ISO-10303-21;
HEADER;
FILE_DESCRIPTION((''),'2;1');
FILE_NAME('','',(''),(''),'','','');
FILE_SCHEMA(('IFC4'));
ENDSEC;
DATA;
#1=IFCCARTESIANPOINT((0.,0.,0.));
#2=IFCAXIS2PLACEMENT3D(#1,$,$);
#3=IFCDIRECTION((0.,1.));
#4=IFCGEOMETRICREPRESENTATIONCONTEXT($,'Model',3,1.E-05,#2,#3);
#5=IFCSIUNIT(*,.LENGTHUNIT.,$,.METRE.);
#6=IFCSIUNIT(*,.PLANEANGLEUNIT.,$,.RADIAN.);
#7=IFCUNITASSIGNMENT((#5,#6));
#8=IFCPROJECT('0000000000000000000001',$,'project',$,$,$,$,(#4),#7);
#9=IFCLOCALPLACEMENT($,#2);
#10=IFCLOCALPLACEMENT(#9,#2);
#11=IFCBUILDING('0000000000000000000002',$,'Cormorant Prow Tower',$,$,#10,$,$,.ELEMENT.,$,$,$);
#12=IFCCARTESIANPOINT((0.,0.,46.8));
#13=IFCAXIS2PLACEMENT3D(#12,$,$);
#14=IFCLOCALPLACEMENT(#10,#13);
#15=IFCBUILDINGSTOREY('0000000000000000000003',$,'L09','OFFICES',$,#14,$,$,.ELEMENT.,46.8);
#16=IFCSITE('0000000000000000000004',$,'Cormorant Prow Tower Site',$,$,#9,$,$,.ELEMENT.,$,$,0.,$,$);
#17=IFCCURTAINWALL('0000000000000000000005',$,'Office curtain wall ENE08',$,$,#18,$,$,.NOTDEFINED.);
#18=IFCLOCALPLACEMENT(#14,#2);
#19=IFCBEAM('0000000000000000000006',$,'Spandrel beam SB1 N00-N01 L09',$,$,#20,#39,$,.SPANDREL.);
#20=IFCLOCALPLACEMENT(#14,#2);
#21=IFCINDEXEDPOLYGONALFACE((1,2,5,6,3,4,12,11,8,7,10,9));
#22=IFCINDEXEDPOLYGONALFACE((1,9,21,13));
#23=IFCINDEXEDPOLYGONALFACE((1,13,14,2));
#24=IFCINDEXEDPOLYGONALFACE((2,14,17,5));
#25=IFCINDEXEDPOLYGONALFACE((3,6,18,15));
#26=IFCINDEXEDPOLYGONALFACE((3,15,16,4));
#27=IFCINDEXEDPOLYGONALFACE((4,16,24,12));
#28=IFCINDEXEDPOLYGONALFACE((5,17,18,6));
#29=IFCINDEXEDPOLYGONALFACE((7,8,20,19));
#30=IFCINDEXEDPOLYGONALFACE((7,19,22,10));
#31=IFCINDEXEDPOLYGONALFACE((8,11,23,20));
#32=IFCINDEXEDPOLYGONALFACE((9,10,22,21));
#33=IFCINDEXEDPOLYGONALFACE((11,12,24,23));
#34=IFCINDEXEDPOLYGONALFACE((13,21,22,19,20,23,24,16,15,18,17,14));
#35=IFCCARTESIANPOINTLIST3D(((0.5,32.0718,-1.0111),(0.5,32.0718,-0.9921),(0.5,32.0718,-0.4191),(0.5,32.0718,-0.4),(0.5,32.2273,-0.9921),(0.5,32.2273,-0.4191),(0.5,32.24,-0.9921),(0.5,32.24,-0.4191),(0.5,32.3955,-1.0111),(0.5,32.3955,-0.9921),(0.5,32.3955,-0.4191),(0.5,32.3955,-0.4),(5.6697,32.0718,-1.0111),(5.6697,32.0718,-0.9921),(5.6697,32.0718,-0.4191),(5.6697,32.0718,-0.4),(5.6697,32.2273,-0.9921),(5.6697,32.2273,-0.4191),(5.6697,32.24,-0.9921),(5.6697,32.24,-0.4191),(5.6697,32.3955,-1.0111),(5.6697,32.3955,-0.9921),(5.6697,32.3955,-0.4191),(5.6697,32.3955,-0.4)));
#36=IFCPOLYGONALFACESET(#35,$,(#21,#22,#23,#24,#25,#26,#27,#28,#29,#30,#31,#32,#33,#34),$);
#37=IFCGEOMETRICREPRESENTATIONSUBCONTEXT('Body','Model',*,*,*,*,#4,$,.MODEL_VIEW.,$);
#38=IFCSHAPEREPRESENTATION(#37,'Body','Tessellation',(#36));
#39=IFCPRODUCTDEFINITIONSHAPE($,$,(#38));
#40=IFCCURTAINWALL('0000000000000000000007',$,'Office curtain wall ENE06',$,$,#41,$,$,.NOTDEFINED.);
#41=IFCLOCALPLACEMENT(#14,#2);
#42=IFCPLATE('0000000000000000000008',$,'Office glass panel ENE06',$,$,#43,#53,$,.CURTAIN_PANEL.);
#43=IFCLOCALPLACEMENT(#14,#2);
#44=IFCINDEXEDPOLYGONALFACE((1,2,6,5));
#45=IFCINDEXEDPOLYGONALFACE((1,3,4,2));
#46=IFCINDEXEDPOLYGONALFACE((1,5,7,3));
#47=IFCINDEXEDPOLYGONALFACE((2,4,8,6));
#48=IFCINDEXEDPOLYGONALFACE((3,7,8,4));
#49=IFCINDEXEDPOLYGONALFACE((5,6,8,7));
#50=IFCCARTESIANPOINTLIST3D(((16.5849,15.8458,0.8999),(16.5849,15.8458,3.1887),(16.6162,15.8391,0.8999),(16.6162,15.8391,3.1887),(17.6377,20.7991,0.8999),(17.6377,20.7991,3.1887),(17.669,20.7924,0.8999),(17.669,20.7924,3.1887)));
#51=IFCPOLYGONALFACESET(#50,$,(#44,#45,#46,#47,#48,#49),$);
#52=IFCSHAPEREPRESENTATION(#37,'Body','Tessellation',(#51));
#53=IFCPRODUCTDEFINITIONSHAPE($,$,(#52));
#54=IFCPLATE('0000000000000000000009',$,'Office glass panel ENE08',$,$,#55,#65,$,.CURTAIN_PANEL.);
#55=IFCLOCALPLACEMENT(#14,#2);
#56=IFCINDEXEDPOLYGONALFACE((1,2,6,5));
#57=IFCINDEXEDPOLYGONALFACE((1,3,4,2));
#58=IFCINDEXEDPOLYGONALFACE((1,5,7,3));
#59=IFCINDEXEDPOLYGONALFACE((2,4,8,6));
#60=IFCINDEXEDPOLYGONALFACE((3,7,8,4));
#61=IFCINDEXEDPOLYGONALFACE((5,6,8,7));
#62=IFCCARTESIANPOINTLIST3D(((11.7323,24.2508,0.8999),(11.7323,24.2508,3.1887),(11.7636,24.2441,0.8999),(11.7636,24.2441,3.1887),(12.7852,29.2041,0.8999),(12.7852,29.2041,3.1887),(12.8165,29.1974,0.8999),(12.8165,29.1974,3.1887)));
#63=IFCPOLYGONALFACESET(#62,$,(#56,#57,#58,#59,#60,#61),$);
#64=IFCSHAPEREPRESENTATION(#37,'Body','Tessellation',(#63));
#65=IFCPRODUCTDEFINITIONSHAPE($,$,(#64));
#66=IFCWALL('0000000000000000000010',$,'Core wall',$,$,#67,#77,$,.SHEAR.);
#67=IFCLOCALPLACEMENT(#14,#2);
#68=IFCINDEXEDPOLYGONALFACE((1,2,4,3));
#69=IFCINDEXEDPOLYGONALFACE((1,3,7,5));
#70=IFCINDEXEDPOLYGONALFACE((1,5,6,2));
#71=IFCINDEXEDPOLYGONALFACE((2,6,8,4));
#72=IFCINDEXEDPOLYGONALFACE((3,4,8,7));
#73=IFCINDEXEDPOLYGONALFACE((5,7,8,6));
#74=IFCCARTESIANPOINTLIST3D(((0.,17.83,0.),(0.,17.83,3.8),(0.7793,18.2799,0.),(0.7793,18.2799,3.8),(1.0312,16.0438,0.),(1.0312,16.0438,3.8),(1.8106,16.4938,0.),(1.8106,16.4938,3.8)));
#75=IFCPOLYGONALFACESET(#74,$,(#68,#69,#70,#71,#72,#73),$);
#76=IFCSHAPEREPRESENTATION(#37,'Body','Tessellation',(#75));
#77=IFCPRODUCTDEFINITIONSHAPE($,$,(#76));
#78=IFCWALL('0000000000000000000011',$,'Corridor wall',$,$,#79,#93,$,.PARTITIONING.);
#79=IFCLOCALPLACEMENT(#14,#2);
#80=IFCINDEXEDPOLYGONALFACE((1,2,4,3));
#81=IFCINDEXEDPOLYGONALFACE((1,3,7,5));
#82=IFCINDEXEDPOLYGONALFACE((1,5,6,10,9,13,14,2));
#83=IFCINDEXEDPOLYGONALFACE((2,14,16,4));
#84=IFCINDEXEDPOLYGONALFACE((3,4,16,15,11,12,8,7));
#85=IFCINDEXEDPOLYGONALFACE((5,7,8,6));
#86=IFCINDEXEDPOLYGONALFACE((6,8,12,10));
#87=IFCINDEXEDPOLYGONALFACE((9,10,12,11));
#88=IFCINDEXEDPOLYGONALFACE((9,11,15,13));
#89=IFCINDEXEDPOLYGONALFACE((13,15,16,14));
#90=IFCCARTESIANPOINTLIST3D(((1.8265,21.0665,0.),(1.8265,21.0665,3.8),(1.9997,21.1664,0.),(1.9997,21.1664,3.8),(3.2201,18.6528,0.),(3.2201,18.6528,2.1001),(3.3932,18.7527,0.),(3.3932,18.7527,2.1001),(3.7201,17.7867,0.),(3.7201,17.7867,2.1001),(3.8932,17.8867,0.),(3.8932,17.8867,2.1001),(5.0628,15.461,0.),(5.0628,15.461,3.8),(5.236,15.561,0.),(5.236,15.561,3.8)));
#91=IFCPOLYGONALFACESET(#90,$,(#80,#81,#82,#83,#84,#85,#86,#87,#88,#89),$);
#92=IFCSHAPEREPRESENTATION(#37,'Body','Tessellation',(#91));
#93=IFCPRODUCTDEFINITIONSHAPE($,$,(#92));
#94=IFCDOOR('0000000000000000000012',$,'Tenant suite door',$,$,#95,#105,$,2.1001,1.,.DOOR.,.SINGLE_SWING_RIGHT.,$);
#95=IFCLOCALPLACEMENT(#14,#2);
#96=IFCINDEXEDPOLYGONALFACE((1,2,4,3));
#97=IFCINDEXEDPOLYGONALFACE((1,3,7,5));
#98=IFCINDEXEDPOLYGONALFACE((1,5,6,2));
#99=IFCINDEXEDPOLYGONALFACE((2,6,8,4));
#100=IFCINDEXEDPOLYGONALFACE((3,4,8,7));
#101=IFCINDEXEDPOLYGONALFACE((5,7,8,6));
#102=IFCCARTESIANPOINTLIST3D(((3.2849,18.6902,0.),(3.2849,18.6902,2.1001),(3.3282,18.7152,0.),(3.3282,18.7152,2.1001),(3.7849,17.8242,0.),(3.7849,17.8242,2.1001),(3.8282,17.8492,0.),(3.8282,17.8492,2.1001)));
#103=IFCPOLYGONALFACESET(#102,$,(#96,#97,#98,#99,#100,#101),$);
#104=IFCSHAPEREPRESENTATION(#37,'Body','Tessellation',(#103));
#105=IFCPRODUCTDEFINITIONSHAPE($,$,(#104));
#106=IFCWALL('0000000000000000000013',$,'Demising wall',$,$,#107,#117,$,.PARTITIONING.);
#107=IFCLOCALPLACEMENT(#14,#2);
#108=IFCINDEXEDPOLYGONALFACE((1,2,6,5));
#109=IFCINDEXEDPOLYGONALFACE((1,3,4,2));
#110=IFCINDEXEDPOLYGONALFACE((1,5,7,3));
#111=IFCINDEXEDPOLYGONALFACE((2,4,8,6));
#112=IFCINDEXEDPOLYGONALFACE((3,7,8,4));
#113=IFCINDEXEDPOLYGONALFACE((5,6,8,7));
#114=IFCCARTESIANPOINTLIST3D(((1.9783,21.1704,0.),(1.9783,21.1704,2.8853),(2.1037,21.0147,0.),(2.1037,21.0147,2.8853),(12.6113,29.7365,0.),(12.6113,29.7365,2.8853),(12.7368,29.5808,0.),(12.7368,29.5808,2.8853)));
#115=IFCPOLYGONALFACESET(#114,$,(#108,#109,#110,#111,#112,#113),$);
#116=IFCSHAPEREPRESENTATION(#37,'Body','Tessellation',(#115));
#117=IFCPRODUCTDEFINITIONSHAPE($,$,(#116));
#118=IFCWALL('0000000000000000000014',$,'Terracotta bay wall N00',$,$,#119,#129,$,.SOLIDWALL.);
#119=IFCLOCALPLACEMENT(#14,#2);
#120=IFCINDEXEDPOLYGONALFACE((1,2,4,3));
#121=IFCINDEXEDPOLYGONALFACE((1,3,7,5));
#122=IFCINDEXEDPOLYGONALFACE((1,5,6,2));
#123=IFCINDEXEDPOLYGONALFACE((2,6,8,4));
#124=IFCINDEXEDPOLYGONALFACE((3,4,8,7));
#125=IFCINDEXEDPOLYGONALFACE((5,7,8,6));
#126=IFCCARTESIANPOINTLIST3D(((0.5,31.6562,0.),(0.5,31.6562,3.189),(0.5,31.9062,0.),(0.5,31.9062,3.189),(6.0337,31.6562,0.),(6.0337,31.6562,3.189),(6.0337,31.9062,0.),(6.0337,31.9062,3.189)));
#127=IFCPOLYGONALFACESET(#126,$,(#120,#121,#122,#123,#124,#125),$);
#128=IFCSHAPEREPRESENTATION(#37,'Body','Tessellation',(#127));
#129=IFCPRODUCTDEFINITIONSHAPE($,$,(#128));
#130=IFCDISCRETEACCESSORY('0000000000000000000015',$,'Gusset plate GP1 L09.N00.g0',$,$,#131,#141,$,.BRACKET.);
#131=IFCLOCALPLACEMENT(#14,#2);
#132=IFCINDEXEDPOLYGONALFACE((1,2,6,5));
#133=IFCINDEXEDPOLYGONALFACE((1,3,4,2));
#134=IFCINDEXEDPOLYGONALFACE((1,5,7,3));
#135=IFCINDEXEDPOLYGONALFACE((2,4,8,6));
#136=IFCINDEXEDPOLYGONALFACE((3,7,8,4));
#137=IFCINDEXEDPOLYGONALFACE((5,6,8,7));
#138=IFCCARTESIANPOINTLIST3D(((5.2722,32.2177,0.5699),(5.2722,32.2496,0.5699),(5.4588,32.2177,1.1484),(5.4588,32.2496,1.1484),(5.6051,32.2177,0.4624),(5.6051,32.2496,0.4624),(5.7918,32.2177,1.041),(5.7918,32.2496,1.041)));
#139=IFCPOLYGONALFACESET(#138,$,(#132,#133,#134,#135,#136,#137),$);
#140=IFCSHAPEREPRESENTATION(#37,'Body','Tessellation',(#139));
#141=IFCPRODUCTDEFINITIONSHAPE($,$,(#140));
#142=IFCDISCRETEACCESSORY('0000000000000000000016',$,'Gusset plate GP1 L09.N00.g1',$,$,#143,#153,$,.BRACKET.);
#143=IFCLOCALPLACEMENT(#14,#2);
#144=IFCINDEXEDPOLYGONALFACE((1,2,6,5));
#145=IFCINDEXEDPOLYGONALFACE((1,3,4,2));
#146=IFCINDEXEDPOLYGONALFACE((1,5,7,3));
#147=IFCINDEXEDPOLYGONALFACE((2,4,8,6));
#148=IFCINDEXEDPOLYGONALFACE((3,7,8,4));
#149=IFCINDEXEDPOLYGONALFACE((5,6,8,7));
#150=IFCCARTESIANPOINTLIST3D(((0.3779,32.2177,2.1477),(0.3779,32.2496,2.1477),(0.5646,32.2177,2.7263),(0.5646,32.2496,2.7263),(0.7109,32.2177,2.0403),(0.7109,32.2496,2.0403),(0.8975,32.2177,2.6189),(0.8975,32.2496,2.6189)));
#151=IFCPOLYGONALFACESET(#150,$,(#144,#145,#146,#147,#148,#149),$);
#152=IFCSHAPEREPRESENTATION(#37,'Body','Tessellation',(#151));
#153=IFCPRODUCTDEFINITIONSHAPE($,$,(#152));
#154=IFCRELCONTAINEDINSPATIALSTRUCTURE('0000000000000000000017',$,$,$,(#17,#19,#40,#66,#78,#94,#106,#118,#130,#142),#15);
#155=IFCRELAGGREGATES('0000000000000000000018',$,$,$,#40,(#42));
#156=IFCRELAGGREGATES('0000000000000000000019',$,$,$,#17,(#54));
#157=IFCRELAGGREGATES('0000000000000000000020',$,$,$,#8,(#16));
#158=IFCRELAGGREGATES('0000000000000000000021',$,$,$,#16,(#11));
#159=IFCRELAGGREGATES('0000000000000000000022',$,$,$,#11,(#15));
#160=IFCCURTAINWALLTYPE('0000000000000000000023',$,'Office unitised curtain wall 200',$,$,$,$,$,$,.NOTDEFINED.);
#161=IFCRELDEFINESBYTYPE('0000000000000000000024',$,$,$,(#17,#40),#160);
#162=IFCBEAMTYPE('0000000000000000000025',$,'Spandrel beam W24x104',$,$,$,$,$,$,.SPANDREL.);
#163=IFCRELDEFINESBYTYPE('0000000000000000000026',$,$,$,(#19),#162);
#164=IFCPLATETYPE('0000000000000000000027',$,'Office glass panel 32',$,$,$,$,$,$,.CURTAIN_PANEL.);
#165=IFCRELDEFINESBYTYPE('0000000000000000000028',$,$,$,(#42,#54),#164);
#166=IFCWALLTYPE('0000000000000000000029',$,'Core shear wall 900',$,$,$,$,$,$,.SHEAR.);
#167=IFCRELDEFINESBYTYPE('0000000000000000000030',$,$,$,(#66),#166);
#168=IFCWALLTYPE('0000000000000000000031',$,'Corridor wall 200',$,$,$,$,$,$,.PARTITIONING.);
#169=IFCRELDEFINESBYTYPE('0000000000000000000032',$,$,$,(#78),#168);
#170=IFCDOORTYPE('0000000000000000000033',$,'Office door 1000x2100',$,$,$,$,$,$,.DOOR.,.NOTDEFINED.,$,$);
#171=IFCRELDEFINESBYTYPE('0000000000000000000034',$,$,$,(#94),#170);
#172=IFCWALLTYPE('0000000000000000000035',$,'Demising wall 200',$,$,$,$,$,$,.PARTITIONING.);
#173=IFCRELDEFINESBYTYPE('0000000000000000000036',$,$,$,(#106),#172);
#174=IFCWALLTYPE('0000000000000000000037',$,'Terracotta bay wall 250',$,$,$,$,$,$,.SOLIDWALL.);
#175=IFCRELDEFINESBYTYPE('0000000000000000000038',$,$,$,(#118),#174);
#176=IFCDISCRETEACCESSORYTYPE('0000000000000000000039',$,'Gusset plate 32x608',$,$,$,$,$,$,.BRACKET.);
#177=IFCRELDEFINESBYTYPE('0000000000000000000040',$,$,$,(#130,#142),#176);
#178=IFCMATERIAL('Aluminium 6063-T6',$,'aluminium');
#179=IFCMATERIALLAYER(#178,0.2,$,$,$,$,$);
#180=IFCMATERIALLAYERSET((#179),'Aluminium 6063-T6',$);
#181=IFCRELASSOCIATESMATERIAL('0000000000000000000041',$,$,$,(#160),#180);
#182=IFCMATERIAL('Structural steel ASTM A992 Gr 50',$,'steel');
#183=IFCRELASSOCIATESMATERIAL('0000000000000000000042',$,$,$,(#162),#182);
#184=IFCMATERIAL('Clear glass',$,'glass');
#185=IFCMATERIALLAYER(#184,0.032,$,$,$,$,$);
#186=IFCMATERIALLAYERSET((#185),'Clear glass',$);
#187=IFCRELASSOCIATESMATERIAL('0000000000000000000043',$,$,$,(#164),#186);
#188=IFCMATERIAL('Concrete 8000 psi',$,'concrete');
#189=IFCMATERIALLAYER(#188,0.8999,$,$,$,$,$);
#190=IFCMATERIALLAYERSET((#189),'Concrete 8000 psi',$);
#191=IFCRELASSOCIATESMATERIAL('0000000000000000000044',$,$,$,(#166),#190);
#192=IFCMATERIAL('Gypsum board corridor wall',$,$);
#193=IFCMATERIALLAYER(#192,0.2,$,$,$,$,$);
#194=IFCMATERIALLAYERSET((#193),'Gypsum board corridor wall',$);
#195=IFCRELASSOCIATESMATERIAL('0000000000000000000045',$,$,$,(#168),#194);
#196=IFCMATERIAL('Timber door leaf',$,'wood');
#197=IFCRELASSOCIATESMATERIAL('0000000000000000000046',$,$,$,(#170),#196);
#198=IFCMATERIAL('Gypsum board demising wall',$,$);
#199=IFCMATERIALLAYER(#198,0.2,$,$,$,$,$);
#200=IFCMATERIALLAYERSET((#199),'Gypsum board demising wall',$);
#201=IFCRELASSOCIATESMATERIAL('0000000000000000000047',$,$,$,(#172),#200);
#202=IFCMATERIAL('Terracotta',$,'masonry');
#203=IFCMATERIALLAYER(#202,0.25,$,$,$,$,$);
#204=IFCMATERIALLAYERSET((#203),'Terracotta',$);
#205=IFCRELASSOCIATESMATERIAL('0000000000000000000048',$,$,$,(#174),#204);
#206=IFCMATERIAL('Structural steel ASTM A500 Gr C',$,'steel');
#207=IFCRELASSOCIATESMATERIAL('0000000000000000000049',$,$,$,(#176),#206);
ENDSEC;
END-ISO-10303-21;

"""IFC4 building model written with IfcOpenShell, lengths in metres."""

from ifc_helpers import new_model, si_unit, direction, frame, frame_2d, origin, origin_2d, place, context, subcontext, project, spatial, rectangle, i_section, extrude, material, layer, layer_set, material_profile, profile_set, type_object, element, fill, aggregate, save


model = new_model("IFC4")

# Units and contexts
model_context = context("Model", 3, precision=1e-05, world=origin(), true_north=direction((0.0, 1.0)))
body_context = subcontext(model_context, "Body", "Model", "MODEL_VIEW")
ifc_project = project(units=[si_unit("LENGTHUNIT", "METRE"), si_unit("PLANEANGLEUNIT", "RADIAN")], contexts=[model_context])

# Site, building, storey
site_placement = place(None, origin())
site = spatial("IfcSite", under=ifc_project, at=site_placement, Name="Cormorant Prow Tower Site", CompositionType="ELEMENT", RefElevation=0.0)
building_placement = place(site_placement, origin())
building = spatial("IfcBuilding", under=site, at=building_placement, Name="Cormorant Prow Tower", CompositionType="ELEMENT")
storey_placement = place(building_placement, frame((0.0, 0.0, 46.8)))
storey = spatial("IfcBuildingStorey", under=building, at=storey_placement, Name="L09", Description="OFFICES", CompositionType="ELEMENT", Elevation=46.8)

# Curtain wall
ifc_material_1 = material(Name="Aluminium 6063-T6", Category="aluminium")
ifc_layer_1 = layer(ifc_material_1, 0.2)
ifc_layer_set_1 = layer_set([ifc_layer_1], Name="Aluminium 6063-T6")
curtain_wall_type = type_object("IfcCurtainWallType", Name="Office unitised curtain wall 200", PredefinedType="NOTDEFINED", material=ifc_layer_set_1)
curtain_wall_1_placement = place(storey_placement, origin())
curtain_wall_1 = element("IfcCurtainWall", 1, at=curtain_wall_1_placement, inside=storey, type_object=curtain_wall_type, Name="Office curtain wall ENE08", PredefinedType="NOTDEFINED")

# Beam
ifc_material_2 = material(Name="Structural steel ASTM A992 Gr 50", Category="steel")
ifc_material_profile_1 = material_profile(ifc_material_2, i_section(OverallWidth=0.3237, OverallDepth=0.6111, WebThickness=0.0127, FlangeThickness=0.019, at=origin_2d()), Name="W24x104")
ifc_profile_set_1 = profile_set([ifc_material_profile_1], Name="Structural steel ASTM A992 Gr 50")
beam_type = type_object("IfcBeamType", Name="Spandrel beam W24x104", PredefinedType="SPANDREL", material=ifc_profile_set_1)
beam_1_placement = place(storey_placement, frame((5.6697, 32.2336, -0.7056), z_axis=(-1.0, 0.0, 0.0), x_axis=(0.0, -1.0, 0.0)))
element("IfcBeam", 2, at=beam_1_placement, inside=storey, type_object=beam_type, Name="Spandrel beam SB1 N00-N01 L09", PredefinedType="SPANDREL", context=body_context, shape_type="SweptSolid", body=[
    extrude(i_section(OverallWidth=0.3237, OverallDepth=0.6111, WebThickness=0.0127, FlangeThickness=0.019, at=origin_2d()), origin(), (0.0, 0.0, 1.0), 5.1697),
])

# Curtain wall, plate
curtain_wall_2_placement = place(storey_placement, origin())
curtain_wall_2 = element("IfcCurtainWall", 3, at=curtain_wall_2_placement, inside=storey, type_object=curtain_wall_type, Name="Office curtain wall ENE06", PredefinedType="NOTDEFINED")
ifc_material_3 = material(Name="Clear glass", Category="glass")
ifc_layer_2 = layer(ifc_material_3, 0.032)
ifc_layer_set_2 = layer_set([ifc_layer_2], Name="Clear glass")
plate_type = type_object("IfcPlateType", Name="Office glass panel 32", PredefinedType="CURTAIN_PANEL", material=ifc_layer_set_2)
plate_1_placement = place(storey_placement, frame((17.127, 18.3191, 0.8999), z_axis=(0.0, 0.0, 1.0), x_axis=(0.207912, 0.978148, 0.0)))
plate_1 = element("IfcPlate", 4, at=plate_1_placement, type_object=plate_type, Name="Office glass panel ENE06", PredefinedType="CURTAIN_PANEL", context=body_context, shape_type="SweptSolid", body=[
    extrude(rectangle(XDim=5.064, YDim=0.032, at=origin_2d()), origin(), (0.0, 0.0, 1.0), 2.2888),
])
aggregate(curtain_wall_2, [plate_1])

# Plate
plate_2_placement = place(storey_placement, frame((12.2744, 26.7241, 0.8999), z_axis=(0.0, 0.0, 1.0), x_axis=(0.207912, 0.978148, 0.0)))
plate_2 = element("IfcPlate", 5, at=plate_2_placement, type_object=plate_type, Name="Office glass panel ENE08", PredefinedType="CURTAIN_PANEL", context=body_context, shape_type="SweptSolid", body=[
    extrude(rectangle(XDim=5.064, YDim=0.032, at=origin_2d()), origin(), (0.0, 0.0, 1.0), 2.2888),
])
aggregate(curtain_wall_1, [plate_2])

# Wall
ifc_material_4 = material(Name="Concrete 8000 psi", Category="concrete")
ifc_layer_3 = layer(ifc_material_4, 0.8999)
ifc_layer_set_3 = layer_set([ifc_layer_3], Name="Concrete 8000 psi")
wall_type_1 = type_object("IfcWallType", Name="Core shear wall 900", PredefinedType="SHEAR", material=ifc_layer_set_3)
wall_1_placement = place(storey_placement, frame((1.4209, 16.2688, 0.0), z_axis=(0.0, 0.0, 1.0), x_axis=(-0.500009, 0.86602, 0.0)))
element("IfcWall", 6, at=wall_1_placement, inside=storey, type_object=wall_type_1, Name="Core wall", PredefinedType="SHEAR", context=body_context, shape_type="SweptSolid", body=[
    extrude(rectangle(XDim=2.0625, YDim=0.8999, at=frame_2d((1.0312, 0.0))), origin(), (0.0, 0.0, 1.0), 3.8),
])

# Wall, opening, door
ifc_material_5 = material(Name="Gypsum board corridor wall")
ifc_layer_4 = layer(ifc_material_5, 0.2)
ifc_layer_set_4 = layer_set([ifc_layer_4], Name="Gypsum board corridor wall")
wall_type_2 = type_object("IfcWallType", Name="Corridor wall 200", PredefinedType="PARTITIONING", material=ifc_layer_set_4)
wall_2_placement = place(storey_placement, frame((1.9131, 21.1165, 0.0), z_axis=(0.0, 0.0, 1.0), x_axis=(0.500001, -0.866025, 0.0)))
wall_2 = element("IfcWall", 7, at=wall_2_placement, inside=storey, type_object=wall_type_2, Name="Corridor wall", PredefinedType="PARTITIONING", context=body_context, shape_type="SweptSolid", body=[
    extrude(rectangle(XDim=6.4727, YDim=0.2, at=frame_2d((3.2363, 0.0))), origin(), (0.0, 0.0, 1.0), 3.8),
])
opening_1_placement = place(wall_2_placement, frame((2.7871, 0.0, 0.0)))
opening_1 = element("IfcOpeningElement", 8, at=opening_1_placement, cuts=wall_2, PredefinedType="OPENING", context=body_context, shape_type="SweptSolid", body=[
    extrude(rectangle(XDim=1.0, YDim=2.1001, at=frame_2d((0.5, 1.05))), frame((0.0, 0.1099, 0.0), z_axis=(0.0, -1.0, 0.0), x_axis=(1.0, 0.0, 0.0)), (0.0, 0.0, 1.0), 0.22),
])
ifc_material_6 = material(Name="Timber door leaf", Category="wood")
door_type_1 = type_object("IfcDoorType", Name="Office door 1000x2100", OperationType="NOTDEFINED", PredefinedType="DOOR", material=ifc_material_6)
door_1_placement = place(opening_1_placement, origin())
door_1 = element("IfcDoor", 9, at=door_1_placement, inside=storey, type_object=door_type_1, Name="Tenant suite door", OperationType="SINGLE_SWING_RIGHT", OverallHeight=2.1001, OverallWidth=1.0, PredefinedType="DOOR", context=body_context, shape_type="SweptSolid", body=[
    extrude(rectangle(XDim=1.0, YDim=2.1001, at=frame_2d((0.5, 1.05))), frame((0.0, 0.0249, 0.0), z_axis=(0.0, -1.0, 0.0), x_axis=(1.0, 0.0, 0.0)), (0.0, 0.0, 1.0), 0.05),
])
fill(opening_1, door_1)

# Walls
ifc_material_7 = material(Name="Gypsum board demising wall")
ifc_layer_5 = layer(ifc_material_7, 0.2)
ifc_layer_set_5 = layer_set([ifc_layer_5], Name="Gypsum board demising wall")
wall_type_3 = type_object("IfcWallType", Name="Demising wall 200", PredefinedType="PARTITIONING", material=ifc_layer_set_5)
wall_3_placement = place(storey_placement, frame((2.041, 21.0925, 0.0), z_axis=(0.0, 0.0, 1.0), x_axis=(0.778731, 0.627358, 0.0)))
element("IfcWall", 10, at=wall_3_placement, inside=storey, type_object=wall_type_3, Name="Demising wall", PredefinedType="PARTITIONING", context=body_context, shape_type="SweptSolid", body=[
    extrude(rectangle(XDim=13.6543, YDim=0.2, at=frame_2d((6.8271, 0.0))), origin(), (0.0, 0.0, 1.0), 2.8853),
])
ifc_material_8 = material(Name="Terracotta", Category="masonry")
ifc_layer_6 = layer(ifc_material_8, 0.25)
ifc_layer_set_6 = layer_set([ifc_layer_6], Name="Terracotta")
wall_type_4 = type_object("IfcWallType", Name="Terracotta bay wall 250", PredefinedType="SOLIDWALL", material=ifc_layer_set_6)
wall_4_placement = place(storey_placement, frame((6.0337, 31.7812, 0.0), z_axis=(0.0, 0.0, 1.0), x_axis=(-1.0, 0.0, 0.0)))
element("IfcWall", 11, at=wall_4_placement, inside=storey, type_object=wall_type_4, Name="Terracotta bay wall N00", PredefinedType="SOLIDWALL", context=body_context, shape_type="SweptSolid", body=[
    extrude(rectangle(XDim=5.5337, YDim=0.25, at=frame_2d((2.7668, 0.0))), origin(), (0.0, 0.0, 1.0), 3.189),
])

# Discrete accessories
ifc_material_9 = material(Name="Structural steel ASTM A500 Gr C", Category="steel")
ifc_material_profile_2 = material_profile(ifc_material_9, rectangle(XDim=0.032, YDim=0.6079, at=origin_2d()), Name="Gusset plate 32x608")
ifc_profile_set_2 = profile_set([ifc_material_profile_2], Name="Structural steel ASTM A500 Gr C")
discrete_accessory_type = type_object("IfcDiscreteAccessoryType", Name="Gusset plate 32x608", PredefinedType="BRACKET", material=ifc_profile_set_2)
for number, where, z_axis, x_axis, name in (
    (12, (5.3655, 32.2336, 0.8591), (0.951709, 0.0, -0.307003), (0.0, 1.0, 0.0), "Gusset plate GP1 L09.N00.g0"),
    (13, (0.8042, 32.2336, 2.3296), (-0.951709, 0.0, 0.307003), (0.0, -1.0, 0.0), "Gusset plate GP1 L09.N00.g1"),
):
    element("IfcDiscreteAccessory", number, at=place(storey_placement, frame(where, z_axis=z_axis, x_axis=x_axis)), inside=storey, type_object=discrete_accessory_type, Name=name, PredefinedType="BRACKET", context=body_context, shape_type="SweptSolid", body=[
        extrude(rectangle(XDim=0.032, YDim=0.6079, at=origin_2d()), origin(), (0.0, 0.0, 1.0), 0.3499),
    ])

save(model, "model.ifc")
